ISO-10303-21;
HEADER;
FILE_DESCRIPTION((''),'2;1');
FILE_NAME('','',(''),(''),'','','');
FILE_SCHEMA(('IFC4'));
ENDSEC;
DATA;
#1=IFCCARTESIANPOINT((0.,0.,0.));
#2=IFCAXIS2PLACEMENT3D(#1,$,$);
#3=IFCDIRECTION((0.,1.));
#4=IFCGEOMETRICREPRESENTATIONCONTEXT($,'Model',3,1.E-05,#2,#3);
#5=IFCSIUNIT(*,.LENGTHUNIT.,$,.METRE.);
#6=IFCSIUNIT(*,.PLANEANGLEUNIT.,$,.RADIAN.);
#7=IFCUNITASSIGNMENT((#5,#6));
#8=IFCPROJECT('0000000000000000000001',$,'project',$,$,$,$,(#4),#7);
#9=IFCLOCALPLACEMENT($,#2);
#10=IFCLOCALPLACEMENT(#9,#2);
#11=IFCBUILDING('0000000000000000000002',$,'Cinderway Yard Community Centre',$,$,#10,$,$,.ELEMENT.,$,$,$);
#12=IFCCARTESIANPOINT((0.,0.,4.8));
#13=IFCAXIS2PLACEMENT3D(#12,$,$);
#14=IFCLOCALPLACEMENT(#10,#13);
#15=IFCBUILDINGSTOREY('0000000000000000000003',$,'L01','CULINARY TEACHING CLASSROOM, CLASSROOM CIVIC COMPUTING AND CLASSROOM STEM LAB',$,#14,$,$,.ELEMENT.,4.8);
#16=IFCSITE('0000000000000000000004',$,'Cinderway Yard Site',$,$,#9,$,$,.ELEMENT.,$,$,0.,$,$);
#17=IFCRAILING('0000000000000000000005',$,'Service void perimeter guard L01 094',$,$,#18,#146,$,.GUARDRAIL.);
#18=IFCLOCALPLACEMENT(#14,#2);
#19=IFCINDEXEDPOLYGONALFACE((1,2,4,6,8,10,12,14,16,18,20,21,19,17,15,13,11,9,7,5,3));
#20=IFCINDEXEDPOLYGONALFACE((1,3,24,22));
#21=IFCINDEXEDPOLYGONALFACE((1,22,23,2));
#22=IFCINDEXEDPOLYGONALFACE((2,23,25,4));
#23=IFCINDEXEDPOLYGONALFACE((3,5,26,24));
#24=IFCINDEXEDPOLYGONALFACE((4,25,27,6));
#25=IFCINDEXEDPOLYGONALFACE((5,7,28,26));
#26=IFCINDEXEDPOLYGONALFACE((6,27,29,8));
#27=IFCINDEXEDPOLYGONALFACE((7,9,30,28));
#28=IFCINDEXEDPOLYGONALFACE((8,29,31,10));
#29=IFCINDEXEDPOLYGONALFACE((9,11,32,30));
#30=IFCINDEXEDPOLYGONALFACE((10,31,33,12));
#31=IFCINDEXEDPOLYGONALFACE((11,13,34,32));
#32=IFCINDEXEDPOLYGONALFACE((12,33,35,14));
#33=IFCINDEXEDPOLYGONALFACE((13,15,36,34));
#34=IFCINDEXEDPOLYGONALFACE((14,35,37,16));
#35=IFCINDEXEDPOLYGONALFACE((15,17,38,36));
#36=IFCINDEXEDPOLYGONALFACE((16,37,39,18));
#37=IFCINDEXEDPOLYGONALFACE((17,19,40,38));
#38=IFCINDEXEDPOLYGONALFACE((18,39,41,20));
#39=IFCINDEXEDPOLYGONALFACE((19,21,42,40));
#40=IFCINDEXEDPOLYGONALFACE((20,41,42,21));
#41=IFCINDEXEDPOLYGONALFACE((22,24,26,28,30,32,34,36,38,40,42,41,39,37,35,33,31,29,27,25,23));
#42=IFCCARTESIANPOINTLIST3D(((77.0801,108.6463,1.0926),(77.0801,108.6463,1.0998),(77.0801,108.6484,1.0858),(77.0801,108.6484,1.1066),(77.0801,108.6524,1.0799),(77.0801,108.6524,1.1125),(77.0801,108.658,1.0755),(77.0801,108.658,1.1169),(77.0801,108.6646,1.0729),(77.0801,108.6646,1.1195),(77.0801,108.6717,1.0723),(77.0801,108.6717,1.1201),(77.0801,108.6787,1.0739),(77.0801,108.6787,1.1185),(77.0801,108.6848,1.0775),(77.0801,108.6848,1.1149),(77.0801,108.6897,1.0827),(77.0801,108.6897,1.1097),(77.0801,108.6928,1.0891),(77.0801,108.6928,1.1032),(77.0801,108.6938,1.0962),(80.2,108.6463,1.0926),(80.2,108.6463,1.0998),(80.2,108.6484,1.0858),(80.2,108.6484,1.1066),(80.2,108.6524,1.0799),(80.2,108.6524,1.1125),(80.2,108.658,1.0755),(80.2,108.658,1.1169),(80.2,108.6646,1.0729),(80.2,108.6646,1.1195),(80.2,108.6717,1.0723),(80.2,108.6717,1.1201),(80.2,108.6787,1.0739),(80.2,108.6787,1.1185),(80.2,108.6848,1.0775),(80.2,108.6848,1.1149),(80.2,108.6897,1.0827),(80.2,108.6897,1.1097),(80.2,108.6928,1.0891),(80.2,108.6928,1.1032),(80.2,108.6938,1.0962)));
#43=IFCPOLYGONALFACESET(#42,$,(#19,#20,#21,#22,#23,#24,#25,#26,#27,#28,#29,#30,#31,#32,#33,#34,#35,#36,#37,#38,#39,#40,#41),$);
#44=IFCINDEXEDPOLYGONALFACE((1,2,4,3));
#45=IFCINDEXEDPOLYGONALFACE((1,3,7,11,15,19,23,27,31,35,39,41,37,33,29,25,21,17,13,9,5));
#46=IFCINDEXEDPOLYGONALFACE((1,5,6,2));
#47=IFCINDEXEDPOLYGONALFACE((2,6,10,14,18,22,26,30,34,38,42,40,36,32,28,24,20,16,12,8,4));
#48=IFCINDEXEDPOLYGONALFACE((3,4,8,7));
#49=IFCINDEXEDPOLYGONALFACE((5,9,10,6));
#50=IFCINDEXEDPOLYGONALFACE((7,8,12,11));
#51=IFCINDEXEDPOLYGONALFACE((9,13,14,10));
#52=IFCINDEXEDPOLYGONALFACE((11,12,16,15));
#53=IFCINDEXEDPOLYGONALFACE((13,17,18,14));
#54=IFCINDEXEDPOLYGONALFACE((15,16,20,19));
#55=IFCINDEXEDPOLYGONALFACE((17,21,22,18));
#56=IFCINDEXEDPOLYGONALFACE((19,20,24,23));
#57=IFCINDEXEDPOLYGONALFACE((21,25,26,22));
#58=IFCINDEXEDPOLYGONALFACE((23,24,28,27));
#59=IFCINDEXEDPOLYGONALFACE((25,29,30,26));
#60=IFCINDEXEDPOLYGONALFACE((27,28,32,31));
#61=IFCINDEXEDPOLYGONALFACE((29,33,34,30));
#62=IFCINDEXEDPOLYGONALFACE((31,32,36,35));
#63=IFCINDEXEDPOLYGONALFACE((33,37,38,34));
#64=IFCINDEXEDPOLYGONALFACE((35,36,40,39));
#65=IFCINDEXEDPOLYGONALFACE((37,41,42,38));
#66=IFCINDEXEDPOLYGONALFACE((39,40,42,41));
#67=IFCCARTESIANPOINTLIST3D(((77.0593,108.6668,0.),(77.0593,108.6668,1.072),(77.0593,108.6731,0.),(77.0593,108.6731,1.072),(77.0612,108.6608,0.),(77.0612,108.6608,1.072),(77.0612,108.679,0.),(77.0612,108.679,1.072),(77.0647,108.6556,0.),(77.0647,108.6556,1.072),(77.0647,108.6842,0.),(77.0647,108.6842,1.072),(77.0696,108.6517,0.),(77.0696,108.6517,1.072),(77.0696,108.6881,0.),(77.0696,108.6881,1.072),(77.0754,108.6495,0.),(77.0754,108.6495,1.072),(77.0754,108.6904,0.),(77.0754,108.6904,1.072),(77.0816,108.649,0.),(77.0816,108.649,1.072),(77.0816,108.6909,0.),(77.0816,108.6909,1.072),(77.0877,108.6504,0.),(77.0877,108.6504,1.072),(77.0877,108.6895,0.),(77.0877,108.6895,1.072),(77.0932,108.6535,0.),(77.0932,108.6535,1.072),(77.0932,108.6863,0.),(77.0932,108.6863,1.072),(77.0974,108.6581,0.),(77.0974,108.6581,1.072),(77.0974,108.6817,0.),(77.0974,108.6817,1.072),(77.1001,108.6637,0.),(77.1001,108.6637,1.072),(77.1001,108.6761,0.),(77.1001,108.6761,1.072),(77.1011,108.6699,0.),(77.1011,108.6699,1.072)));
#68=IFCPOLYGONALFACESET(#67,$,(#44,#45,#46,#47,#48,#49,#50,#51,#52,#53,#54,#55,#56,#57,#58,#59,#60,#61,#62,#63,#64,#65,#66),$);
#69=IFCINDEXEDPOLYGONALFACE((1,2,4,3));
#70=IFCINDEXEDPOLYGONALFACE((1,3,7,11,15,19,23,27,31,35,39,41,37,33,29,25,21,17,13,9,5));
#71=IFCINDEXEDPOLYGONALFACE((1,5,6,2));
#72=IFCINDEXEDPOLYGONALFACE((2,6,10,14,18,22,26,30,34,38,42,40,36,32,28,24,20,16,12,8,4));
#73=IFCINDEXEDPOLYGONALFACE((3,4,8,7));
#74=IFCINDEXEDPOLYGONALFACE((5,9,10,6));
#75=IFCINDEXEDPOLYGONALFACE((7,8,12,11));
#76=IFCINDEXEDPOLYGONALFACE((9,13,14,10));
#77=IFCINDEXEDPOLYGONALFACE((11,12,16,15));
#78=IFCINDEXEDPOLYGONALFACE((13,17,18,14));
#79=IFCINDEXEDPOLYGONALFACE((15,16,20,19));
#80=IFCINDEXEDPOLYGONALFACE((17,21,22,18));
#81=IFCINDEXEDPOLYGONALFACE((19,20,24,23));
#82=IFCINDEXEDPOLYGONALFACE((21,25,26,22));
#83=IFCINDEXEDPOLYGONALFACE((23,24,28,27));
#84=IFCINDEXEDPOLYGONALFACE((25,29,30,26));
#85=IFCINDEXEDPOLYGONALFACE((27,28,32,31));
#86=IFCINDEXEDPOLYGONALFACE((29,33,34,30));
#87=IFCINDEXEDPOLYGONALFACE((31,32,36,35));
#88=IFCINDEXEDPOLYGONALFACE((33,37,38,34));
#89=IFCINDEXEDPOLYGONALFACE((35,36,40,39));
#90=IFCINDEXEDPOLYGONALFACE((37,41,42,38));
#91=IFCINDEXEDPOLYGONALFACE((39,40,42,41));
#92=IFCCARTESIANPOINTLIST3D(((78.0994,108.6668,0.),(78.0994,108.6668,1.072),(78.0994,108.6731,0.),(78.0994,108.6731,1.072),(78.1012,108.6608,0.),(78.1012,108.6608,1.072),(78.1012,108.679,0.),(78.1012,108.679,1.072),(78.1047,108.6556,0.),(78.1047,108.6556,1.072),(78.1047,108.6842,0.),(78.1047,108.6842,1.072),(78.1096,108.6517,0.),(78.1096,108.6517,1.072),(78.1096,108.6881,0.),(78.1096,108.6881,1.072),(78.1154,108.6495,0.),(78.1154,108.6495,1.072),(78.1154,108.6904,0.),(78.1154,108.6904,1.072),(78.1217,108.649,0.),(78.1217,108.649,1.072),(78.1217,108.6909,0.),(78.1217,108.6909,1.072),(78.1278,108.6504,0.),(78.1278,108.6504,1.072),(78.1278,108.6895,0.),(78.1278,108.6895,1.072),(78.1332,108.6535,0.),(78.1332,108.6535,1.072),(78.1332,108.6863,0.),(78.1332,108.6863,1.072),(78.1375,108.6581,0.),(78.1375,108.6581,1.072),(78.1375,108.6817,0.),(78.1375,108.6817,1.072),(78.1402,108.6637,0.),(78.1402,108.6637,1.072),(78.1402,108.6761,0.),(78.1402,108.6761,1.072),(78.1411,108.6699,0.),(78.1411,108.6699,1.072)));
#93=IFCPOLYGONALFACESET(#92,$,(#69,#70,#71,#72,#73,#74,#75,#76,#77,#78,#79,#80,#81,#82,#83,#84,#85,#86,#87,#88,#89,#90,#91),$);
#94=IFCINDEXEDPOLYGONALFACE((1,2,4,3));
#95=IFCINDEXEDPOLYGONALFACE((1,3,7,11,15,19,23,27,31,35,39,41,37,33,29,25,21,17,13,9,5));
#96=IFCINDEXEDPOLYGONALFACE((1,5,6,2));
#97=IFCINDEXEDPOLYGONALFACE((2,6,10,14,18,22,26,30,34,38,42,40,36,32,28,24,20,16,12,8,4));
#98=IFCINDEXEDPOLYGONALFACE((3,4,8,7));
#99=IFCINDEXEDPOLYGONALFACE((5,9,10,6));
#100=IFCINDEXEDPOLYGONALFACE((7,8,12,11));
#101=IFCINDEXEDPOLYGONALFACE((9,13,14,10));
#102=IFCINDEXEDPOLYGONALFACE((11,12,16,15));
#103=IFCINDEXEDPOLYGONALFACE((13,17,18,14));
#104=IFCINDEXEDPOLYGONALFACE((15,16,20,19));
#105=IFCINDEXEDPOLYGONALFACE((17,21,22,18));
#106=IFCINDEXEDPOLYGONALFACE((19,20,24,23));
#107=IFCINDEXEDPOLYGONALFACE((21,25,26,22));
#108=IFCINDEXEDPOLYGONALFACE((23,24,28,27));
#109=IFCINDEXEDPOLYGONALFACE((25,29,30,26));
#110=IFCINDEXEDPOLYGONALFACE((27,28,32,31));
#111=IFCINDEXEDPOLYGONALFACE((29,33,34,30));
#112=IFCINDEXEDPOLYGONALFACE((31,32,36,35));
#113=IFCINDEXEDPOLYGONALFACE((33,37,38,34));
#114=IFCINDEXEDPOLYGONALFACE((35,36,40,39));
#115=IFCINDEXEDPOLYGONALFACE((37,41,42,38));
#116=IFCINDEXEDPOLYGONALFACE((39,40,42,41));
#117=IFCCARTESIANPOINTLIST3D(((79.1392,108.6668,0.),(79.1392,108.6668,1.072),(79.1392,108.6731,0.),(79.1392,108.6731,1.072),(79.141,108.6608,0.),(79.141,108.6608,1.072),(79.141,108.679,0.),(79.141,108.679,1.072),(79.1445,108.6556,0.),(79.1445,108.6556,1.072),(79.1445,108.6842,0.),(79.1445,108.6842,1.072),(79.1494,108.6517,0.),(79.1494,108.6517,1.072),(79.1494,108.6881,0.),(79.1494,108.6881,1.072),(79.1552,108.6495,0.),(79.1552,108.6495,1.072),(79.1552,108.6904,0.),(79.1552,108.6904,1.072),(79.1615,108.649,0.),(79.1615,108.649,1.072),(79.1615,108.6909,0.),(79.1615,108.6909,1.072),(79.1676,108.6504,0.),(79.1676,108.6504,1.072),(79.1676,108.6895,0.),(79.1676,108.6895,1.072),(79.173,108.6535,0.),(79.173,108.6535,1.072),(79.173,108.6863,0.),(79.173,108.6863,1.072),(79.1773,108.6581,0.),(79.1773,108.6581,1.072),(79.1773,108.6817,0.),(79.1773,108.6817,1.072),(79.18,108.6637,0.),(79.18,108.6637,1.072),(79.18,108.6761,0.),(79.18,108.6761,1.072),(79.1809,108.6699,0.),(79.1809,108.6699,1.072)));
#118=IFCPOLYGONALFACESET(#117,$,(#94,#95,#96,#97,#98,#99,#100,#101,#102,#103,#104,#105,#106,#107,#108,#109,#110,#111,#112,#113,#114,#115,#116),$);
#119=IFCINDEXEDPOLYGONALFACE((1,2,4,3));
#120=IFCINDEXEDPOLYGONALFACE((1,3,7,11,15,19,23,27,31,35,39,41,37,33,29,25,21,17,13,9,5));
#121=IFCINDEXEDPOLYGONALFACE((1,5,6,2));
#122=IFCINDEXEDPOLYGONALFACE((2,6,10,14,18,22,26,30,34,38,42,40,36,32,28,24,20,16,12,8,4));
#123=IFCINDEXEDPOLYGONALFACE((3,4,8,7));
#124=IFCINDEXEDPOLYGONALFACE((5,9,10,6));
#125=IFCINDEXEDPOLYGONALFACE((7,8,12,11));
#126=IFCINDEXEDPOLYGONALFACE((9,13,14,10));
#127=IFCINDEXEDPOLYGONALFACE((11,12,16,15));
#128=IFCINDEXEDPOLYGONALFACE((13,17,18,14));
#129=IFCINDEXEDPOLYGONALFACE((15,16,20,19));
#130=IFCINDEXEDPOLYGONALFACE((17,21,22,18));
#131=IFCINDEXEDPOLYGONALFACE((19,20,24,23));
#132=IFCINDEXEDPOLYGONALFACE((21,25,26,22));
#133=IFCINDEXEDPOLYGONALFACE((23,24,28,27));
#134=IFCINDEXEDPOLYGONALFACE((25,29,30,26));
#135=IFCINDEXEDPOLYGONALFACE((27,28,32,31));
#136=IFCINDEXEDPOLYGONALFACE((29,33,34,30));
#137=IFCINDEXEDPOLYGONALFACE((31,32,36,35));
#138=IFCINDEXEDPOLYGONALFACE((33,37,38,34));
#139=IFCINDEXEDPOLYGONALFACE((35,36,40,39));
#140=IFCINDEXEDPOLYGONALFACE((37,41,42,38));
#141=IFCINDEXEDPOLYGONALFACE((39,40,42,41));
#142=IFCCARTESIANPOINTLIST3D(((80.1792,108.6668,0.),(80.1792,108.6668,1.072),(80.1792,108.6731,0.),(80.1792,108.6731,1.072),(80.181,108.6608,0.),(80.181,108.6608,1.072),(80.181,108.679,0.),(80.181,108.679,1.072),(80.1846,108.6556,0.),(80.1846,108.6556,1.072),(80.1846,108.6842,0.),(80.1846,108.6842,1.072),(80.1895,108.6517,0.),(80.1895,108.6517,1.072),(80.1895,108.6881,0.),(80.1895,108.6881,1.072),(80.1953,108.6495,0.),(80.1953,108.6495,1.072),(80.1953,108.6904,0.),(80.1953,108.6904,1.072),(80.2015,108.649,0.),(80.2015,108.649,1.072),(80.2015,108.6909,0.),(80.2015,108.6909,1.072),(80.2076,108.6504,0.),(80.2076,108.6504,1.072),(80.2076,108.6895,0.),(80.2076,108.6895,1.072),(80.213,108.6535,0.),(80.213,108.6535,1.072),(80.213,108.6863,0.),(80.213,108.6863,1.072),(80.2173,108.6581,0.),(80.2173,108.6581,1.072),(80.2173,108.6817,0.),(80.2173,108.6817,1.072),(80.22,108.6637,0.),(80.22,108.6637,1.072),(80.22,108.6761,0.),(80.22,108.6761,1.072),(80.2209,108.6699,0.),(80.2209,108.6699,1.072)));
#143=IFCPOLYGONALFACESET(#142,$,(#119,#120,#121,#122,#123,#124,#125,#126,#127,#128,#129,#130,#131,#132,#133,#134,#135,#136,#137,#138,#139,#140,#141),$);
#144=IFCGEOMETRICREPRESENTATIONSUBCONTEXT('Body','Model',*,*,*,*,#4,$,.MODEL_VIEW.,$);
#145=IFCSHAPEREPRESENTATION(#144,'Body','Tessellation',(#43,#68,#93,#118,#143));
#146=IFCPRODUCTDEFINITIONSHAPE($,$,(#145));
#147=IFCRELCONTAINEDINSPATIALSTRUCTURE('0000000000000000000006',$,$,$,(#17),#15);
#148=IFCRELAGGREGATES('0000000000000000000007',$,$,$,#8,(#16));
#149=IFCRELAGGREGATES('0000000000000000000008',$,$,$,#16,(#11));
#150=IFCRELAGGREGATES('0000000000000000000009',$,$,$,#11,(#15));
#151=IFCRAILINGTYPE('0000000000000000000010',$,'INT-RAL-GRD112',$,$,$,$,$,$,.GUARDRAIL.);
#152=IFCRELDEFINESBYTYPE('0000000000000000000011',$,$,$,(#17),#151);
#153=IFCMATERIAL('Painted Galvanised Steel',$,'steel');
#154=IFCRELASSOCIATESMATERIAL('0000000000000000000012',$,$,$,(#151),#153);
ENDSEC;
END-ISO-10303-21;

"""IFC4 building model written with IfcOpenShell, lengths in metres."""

from ifc_helpers import new_model, si_unit, direction, frame, origin, origin_2d, place, context, subcontext, project, spatial, circle, extrude, material, type_object, element, save


model = new_model("IFC4")

# Units and contexts
model_context = context("Model", 3, precision=1e-05, world=origin(), true_north=direction((0.0, 1.0)))
body_context = subcontext(model_context, "Body", "Model", "MODEL_VIEW")
ifc_project = project(units=[si_unit("LENGTHUNIT", "METRE"), si_unit("PLANEANGLEUNIT", "RADIAN")], contexts=[model_context])

# Site, building, storey
site_placement = place(None, origin())
site = spatial("IfcSite", under=ifc_project, at=site_placement, Name="Cinderway Yard Site", CompositionType="ELEMENT", RefElevation=0.0)
building_placement = place(site_placement, origin())
building = spatial("IfcBuilding", under=site, at=building_placement, Name="Cinderway Yard Community Centre", CompositionType="ELEMENT")
storey_placement = place(building_placement, frame((0.0, 0.0, 4.8)))
storey = spatial("IfcBuildingStorey", under=building, at=storey_placement, Name="L01", Description="CULINARY TEACHING CLASSROOM, CLASSROOM CIVIC COMPUTING AND CLASSROOM STEM LAB", CompositionType="ELEMENT", Elevation=4.8)

# Shared definitions
ifc_material_1 = material(Name="Painted Galvanised Steel", Category="steel")

# Railing
railing_type_1 = type_object("IfcRailingType", Name="INT-RAL-GRD112", PredefinedType="GUARDRAIL", material=ifc_material_1)
railing_1_placement = place(storey_placement, frame((77.0801, 108.6699, 0.0)))
element("IfcRailing", 1, at=railing_1_placement, inside=storey, type_object=railing_type_1, Name="Service void perimeter guard L01 094", PredefinedType="GUARDRAIL", context=body_context, shape_type="SweptSolid", body=[
    extrude(circle(Radius=0.0239, at=origin_2d()), frame((0.0, 0.0, 1.0962), z_axis=(1.0, 0.0, 0.0), x_axis=(0.0, 1.0, 0.0)), (0.0, 0.0, 1.0), 3.1199),
    extrude(circle(Radius=0.021, at=origin_2d()), origin(), (0.0, 0.0, 1.0), 1.072),
    extrude(circle(Radius=0.021, at=origin_2d()), frame((1.04, 0.0, 0.0)), (0.0, 0.0, 1.0), 1.072),
    extrude(circle(Radius=0.021, at=origin_2d()), frame((2.0798, 0.0, 0.0)), (0.0, 0.0, 1.0), 1.072),
    extrude(circle(Radius=0.021, at=origin_2d()), frame((3.1199, 0.0, 0.0)), (0.0, 0.0, 1.0), 1.072),
])

save(model, "model.ifc")
